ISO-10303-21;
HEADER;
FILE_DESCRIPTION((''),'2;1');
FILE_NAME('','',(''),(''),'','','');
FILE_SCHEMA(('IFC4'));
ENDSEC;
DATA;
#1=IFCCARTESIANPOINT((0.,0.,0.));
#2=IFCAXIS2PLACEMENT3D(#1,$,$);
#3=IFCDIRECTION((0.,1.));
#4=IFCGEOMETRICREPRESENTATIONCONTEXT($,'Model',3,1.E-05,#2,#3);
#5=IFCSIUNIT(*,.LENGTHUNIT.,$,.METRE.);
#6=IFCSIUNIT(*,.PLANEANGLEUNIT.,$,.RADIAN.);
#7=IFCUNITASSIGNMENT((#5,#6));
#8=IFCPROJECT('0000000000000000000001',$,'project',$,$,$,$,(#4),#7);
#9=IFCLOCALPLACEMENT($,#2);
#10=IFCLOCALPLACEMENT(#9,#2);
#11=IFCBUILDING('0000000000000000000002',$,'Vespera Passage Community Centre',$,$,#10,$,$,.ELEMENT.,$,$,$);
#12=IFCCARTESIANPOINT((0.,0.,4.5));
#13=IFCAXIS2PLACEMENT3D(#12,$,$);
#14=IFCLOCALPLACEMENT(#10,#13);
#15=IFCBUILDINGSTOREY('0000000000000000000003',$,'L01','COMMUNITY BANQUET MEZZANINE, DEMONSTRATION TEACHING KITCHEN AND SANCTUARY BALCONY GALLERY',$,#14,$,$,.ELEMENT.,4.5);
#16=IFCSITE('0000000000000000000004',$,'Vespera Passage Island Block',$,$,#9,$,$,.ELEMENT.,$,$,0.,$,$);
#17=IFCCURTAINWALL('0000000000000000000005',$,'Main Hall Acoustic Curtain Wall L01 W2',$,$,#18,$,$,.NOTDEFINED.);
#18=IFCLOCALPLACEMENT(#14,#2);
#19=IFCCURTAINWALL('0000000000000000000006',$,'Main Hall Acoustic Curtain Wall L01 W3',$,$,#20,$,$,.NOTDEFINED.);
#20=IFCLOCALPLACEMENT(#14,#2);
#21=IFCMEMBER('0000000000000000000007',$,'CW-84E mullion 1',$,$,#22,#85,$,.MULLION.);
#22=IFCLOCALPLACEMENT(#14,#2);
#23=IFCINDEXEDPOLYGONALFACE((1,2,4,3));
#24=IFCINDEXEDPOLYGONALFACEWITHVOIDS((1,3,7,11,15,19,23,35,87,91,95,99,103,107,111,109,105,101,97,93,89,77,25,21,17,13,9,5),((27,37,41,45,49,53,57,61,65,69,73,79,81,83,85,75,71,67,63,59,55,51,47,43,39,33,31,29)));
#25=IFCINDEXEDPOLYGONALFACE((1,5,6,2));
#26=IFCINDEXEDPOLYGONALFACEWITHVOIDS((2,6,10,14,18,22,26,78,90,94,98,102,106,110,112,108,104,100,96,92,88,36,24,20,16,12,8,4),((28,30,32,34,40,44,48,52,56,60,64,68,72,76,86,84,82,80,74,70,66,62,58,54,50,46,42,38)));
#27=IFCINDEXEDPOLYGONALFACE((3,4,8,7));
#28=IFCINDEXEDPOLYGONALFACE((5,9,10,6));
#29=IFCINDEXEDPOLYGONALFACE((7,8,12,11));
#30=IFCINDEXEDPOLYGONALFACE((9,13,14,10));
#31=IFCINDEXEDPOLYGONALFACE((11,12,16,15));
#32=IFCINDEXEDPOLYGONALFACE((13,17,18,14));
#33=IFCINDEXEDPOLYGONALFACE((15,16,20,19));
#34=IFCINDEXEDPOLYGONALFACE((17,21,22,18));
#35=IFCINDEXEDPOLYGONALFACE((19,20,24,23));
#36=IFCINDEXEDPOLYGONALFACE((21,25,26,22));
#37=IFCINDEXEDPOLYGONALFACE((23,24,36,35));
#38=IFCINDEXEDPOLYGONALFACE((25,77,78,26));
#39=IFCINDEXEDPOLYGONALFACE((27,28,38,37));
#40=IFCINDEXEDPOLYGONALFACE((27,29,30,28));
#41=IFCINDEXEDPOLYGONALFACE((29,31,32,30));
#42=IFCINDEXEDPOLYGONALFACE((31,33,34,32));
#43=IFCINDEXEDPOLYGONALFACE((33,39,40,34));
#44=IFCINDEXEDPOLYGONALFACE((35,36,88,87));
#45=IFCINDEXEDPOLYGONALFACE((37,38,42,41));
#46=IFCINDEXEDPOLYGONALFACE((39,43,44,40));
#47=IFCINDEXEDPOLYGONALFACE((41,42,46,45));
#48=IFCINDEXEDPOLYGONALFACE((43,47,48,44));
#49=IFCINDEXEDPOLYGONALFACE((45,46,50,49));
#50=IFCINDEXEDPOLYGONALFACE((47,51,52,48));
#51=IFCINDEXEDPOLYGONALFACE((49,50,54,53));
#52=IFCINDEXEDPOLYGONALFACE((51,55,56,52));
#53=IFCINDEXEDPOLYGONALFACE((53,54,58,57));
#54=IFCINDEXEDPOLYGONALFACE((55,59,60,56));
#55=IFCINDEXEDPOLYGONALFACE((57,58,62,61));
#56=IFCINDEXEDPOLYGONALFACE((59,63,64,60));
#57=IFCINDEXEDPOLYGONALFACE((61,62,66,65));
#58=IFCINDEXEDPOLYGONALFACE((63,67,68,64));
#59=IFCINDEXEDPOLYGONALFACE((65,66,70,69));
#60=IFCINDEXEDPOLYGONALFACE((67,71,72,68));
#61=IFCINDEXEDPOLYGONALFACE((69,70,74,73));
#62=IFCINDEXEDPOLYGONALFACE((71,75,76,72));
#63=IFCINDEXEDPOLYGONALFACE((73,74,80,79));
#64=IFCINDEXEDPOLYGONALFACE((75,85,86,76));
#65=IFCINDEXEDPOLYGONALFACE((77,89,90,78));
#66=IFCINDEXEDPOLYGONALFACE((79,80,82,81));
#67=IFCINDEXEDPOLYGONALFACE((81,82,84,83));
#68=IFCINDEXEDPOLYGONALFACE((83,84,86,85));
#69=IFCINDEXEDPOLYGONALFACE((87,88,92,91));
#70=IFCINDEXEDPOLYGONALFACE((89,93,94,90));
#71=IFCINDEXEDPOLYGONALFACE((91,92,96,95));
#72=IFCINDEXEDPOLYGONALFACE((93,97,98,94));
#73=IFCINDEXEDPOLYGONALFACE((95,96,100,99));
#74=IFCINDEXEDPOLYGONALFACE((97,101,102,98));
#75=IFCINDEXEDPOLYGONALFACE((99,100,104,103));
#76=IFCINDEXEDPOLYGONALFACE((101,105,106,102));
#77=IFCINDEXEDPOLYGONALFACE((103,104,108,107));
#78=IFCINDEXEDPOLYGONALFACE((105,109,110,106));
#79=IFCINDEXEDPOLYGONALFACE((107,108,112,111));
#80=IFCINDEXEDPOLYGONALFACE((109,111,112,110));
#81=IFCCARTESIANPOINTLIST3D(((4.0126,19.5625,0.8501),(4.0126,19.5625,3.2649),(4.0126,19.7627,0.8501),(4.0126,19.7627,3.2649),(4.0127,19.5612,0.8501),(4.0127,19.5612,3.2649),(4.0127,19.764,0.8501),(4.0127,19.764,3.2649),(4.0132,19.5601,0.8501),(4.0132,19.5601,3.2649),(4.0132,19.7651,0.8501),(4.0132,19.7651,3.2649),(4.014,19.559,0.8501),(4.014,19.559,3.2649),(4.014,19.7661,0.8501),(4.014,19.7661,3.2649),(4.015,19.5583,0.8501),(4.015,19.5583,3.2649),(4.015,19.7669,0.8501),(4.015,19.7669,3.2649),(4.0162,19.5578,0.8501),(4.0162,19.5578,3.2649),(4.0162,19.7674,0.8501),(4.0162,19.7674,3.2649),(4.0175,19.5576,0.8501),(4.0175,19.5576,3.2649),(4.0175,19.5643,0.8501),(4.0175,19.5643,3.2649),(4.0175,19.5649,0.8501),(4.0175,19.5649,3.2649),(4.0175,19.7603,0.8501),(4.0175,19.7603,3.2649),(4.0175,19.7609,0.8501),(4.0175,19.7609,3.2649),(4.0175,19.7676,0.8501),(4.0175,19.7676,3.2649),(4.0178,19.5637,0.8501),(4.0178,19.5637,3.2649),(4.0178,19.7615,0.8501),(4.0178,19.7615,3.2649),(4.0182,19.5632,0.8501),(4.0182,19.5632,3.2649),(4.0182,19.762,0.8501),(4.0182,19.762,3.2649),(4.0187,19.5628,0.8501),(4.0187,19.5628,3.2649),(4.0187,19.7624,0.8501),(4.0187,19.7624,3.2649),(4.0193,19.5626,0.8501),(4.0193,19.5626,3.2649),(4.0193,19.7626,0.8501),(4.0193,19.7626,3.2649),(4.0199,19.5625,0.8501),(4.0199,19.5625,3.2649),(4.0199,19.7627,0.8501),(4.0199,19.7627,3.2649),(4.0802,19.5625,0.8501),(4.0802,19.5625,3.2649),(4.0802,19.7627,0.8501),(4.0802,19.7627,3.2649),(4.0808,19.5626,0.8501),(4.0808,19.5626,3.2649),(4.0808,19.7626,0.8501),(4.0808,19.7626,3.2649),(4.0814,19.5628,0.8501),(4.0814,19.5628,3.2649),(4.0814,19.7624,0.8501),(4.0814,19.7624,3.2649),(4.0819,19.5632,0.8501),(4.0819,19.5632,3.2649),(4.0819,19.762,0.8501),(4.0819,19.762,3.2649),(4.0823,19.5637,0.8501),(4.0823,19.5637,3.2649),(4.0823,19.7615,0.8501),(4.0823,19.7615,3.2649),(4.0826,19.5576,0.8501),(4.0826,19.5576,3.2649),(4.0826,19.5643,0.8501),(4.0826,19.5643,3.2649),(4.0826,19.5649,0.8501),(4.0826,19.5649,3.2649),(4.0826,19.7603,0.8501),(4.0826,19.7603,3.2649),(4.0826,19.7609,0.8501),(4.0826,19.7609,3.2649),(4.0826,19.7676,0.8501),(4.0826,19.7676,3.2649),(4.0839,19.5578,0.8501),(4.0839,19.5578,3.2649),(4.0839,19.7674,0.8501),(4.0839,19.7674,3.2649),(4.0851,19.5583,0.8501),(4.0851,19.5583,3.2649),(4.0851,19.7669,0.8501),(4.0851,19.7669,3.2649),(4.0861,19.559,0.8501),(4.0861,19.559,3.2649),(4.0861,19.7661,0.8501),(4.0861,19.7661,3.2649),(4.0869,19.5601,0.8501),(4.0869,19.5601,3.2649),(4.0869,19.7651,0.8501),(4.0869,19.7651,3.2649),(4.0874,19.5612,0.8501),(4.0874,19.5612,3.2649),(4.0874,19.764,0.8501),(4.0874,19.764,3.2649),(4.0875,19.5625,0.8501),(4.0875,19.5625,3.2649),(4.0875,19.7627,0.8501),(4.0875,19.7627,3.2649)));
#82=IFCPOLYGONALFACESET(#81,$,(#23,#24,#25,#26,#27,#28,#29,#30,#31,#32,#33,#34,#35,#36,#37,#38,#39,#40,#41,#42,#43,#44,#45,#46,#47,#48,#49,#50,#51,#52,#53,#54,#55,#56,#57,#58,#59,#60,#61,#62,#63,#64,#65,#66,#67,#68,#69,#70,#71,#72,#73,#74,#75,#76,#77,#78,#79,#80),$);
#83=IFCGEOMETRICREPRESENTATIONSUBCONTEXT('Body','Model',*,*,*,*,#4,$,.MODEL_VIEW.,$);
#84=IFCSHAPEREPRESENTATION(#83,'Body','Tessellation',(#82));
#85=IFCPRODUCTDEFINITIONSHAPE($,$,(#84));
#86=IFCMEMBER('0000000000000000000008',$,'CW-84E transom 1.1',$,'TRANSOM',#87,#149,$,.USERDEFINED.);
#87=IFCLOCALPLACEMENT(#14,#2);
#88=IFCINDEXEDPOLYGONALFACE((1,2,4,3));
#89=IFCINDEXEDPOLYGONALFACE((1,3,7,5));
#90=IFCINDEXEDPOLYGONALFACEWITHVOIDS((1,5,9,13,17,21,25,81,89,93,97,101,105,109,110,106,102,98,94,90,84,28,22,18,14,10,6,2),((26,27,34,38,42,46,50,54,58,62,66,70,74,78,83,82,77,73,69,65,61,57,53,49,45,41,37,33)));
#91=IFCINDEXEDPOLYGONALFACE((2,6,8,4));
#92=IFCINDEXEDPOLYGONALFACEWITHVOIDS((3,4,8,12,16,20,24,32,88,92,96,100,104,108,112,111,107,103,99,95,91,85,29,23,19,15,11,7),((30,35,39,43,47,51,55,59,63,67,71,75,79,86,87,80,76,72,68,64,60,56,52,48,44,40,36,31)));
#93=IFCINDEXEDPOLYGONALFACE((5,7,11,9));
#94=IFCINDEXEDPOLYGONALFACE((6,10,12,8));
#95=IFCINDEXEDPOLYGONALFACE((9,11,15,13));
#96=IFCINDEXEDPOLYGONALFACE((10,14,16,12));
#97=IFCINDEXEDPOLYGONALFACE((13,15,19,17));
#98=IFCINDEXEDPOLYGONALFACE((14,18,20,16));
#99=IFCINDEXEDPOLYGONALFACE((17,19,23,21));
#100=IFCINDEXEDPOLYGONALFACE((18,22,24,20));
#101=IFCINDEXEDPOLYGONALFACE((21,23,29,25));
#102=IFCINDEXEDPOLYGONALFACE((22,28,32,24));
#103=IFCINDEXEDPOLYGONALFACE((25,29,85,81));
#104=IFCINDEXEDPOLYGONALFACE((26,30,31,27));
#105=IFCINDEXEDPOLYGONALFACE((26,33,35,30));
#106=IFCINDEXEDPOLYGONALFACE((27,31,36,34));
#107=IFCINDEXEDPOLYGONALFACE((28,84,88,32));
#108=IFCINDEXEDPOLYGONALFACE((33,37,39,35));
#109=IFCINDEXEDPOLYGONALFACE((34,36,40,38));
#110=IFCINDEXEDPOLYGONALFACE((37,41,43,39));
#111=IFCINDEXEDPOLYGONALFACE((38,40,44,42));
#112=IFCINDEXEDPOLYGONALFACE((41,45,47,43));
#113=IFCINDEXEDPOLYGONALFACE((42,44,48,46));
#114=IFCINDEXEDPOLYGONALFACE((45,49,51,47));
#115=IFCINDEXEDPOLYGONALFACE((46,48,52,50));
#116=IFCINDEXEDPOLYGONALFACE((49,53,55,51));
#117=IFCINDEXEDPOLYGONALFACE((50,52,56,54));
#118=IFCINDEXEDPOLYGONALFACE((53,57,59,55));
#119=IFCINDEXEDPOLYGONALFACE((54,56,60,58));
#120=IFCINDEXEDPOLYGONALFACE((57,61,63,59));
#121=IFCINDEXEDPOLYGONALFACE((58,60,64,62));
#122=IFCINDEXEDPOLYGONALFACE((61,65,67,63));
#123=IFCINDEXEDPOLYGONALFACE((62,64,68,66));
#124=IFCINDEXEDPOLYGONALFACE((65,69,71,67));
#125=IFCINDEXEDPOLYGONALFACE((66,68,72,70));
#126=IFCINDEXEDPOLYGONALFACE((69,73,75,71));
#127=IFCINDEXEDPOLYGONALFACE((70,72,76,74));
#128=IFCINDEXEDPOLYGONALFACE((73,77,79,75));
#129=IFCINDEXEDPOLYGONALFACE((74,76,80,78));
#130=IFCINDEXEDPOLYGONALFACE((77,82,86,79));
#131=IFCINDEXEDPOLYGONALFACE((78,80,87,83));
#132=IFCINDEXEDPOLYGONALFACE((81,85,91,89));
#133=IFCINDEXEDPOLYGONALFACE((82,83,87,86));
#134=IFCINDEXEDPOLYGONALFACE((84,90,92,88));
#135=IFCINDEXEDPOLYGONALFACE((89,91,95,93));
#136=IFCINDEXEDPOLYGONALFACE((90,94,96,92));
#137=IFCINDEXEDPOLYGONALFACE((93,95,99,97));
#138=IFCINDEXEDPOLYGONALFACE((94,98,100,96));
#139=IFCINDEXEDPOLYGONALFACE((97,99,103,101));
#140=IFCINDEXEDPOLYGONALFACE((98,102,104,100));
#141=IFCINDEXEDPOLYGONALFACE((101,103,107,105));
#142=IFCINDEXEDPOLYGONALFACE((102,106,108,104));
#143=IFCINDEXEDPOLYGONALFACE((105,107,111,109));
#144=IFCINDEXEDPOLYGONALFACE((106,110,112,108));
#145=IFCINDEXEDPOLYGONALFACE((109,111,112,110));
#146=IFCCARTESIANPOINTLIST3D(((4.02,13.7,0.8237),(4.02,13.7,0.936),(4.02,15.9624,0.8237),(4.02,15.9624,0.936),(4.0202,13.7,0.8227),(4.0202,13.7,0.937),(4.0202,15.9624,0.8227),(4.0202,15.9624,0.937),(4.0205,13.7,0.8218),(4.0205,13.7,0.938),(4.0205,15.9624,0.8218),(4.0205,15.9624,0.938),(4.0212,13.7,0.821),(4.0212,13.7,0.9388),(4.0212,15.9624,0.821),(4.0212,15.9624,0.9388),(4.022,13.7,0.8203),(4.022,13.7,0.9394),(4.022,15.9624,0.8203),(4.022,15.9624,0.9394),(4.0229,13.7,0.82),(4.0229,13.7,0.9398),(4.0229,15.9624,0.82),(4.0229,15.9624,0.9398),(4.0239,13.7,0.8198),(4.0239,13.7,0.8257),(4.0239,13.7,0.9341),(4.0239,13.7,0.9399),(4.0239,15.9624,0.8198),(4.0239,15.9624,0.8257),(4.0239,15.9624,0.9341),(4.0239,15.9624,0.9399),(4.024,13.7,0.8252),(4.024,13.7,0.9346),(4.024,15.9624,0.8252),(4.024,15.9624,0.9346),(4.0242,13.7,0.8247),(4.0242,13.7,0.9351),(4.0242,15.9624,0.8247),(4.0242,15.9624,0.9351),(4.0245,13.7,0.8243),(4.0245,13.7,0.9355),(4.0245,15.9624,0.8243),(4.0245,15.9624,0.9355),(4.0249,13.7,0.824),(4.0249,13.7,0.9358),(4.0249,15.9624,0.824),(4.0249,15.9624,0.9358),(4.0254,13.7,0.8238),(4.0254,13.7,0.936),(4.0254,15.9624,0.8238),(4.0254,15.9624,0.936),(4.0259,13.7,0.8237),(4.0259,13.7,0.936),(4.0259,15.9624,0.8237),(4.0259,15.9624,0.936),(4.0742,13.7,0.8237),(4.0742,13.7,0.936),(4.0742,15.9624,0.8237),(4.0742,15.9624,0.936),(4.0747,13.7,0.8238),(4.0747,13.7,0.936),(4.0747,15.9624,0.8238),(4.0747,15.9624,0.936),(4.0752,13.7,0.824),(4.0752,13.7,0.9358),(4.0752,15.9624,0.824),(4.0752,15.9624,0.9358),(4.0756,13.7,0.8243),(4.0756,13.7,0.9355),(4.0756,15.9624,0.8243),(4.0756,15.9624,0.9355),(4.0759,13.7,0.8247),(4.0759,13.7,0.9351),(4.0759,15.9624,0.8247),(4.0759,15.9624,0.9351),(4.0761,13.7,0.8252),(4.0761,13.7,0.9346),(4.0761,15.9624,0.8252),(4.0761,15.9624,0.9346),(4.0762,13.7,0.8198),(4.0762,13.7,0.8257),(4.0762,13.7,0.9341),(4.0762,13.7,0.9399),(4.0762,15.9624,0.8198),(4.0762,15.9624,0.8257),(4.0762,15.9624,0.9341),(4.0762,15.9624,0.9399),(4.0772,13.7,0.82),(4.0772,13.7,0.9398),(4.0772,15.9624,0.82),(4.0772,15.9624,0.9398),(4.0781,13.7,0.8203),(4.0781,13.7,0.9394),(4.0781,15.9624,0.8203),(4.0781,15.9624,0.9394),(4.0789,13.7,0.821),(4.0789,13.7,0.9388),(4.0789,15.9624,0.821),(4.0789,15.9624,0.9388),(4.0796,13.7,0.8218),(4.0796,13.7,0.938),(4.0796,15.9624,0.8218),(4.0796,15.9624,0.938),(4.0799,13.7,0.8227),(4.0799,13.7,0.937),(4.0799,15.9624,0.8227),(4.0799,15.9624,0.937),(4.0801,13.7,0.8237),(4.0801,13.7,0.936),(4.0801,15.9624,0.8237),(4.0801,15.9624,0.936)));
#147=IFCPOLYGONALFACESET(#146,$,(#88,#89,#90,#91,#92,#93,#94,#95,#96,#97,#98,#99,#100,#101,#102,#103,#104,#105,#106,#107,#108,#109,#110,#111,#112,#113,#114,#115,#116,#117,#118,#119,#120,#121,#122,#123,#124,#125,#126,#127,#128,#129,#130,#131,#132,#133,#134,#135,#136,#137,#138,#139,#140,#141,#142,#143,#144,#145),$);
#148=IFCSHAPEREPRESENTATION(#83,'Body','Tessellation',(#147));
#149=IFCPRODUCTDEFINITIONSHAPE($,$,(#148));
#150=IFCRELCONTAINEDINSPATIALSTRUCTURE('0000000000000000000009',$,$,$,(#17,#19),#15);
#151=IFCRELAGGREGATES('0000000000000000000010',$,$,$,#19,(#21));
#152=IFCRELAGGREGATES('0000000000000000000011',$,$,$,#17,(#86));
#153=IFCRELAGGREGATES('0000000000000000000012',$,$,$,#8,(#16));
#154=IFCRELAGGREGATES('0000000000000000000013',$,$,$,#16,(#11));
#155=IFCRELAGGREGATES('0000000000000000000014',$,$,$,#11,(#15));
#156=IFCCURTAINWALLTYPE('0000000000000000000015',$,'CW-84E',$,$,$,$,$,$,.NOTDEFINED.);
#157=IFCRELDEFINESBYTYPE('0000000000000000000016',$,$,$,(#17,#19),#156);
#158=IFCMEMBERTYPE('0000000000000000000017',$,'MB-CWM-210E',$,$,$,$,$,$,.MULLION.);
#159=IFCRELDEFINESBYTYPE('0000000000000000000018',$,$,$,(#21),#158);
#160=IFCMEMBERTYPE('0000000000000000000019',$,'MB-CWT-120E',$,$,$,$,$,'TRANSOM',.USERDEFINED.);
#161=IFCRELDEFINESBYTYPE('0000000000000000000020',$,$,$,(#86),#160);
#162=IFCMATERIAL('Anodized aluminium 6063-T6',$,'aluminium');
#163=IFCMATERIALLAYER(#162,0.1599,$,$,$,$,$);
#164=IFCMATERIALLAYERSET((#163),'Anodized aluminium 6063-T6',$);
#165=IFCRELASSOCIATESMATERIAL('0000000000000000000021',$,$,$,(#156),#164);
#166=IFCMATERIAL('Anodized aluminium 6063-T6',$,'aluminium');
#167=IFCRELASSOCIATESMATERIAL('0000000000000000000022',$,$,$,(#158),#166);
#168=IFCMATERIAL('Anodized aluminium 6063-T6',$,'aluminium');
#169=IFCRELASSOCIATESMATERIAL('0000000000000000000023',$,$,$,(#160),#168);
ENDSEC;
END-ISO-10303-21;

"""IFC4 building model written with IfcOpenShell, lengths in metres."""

from ifc_helpers import new_model, si_unit, direction, frame, origin, origin_2d, place, context, subcontext, project, spatial, hollow_rectangle, extrude, material, layer, layer_set, material_profile, profile_set, type_object, element, aggregate, save


model = new_model("IFC4")

# Units and contexts
model_context = context("Model", 3, precision=1e-05, world=origin(), true_north=direction((0.0, 1.0)))
body_context = subcontext(model_context, "Body", "Model", "MODEL_VIEW")
ifc_project = project(units=[si_unit("LENGTHUNIT", "METRE"), si_unit("PLANEANGLEUNIT", "RADIAN")], contexts=[model_context])

# Site, building, storey
site_placement = place(None, origin())
site = spatial("IfcSite", under=ifc_project, at=site_placement, Name="Vespera Passage Island Block", CompositionType="ELEMENT", RefElevation=0.0)
building_placement = place(site_placement, origin())
building = spatial("IfcBuilding", under=site, at=building_placement, Name="Vespera Passage Community Centre", CompositionType="ELEMENT")
storey_placement = place(building_placement, frame((0.0, 0.0, 4.5)))
storey = spatial("IfcBuildingStorey", under=building, at=storey_placement, Name="L01", Description="COMMUNITY BANQUET MEZZANINE, DEMONSTRATION TEACHING KITCHEN AND SANCTUARY BALCONY GALLERY", CompositionType="ELEMENT", Elevation=4.5)

# Curtain wall
ifc_material_1 = material(Name="Anodized aluminium 6063-T6", Category="aluminium")
ifc_layer_1 = layer(ifc_material_1, 0.1599)
ifc_layer_set_1 = layer_set([ifc_layer_1], Name="Anodized aluminium 6063-T6")
curtain_wall_type = type_object("IfcCurtainWallType", Name="CW-84E", PredefinedType="NOTDEFINED", material=ifc_layer_set_1)
curtain_wall_1_placement = place(storey_placement, origin())
curtain_wall_1 = element("IfcCurtainWall", 1, at=curtain_wall_1_placement, inside=storey, type_object=curtain_wall_type, Name="Main Hall Acoustic Curtain Wall L01 W2", PredefinedType="NOTDEFINED")
ifc_material_2 = material(Name="Anodized aluminium 6063-T6", Category="aluminium")
ifc_material_profile_1 = material_profile(ifc_material_2, hollow_rectangle(XDim=0.075, YDim=0.21, WallThickness=0.0049, InnerFilletRadius=0.0024, OuterFilletRadius=0.0049, at=origin_2d()), Name="ALU210X75X5")
ifc_profile_set_1 = profile_set([ifc_material_profile_1], Name="Anodized aluminium 6063-T6")
member_type_1 = type_object("IfcMemberType", Name="MB-CWM-210E", PredefinedType="MULLION", material=ifc_profile_set_1)

# Curtain wall, member
curtain_wall_2_placement = place(storey_placement, origin())
curtain_wall_2 = element("IfcCurtainWall", 2, at=curtain_wall_2_placement, inside=storey, type_object=curtain_wall_type, Name="Main Hall Acoustic Curtain Wall L01 W3", PredefinedType="NOTDEFINED")
member_1_placement = place(storey_placement, frame((4.05, 19.6626, 0.8501), z_axis=(0.0, 0.0, 1.0), x_axis=(-1.0, 0.0, 0.0)))
member_1 = element("IfcMember", 3, at=member_1_placement, type_object=member_type_1, Name="CW-84E mullion 1", PredefinedType="MULLION", context=body_context, shape_type="SweptSolid", body=[
    extrude(hollow_rectangle(XDim=0.075, YDim=0.21, WallThickness=0.0049, InnerFilletRadius=0.0024, OuterFilletRadius=0.0049, at=origin_2d()), origin(), (0.0, 0.0, 1.0), 2.4148),
])

# Member
ifc_material_3 = material(Name="Anodized aluminium 6063-T6", Category="aluminium")
ifc_material_profile_2 = material_profile(ifc_material_3, hollow_rectangle(XDim=0.0601, YDim=0.1201, WallThickness=0.0039, InnerFilletRadius=0.002, OuterFilletRadius=0.0039, at=origin_2d()), Name="ALU120X60X4")
ifc_profile_set_2 = profile_set([ifc_material_profile_2], Name="Anodized aluminium 6063-T6")
member_type_2 = type_object("IfcMemberType", Name="MB-CWT-120E", ElementType="TRANSOM", PredefinedType="USERDEFINED", material=ifc_profile_set_2)
member_2_placement = place(storey_placement, frame((4.05, 13.7, 0.8799), z_axis=(0.0, 1.0, 0.0), x_axis=(-1.0, 0.0, 0.0)))
member_2 = element("IfcMember", 4, at=member_2_placement, type_object=member_type_2, Name="CW-84E transom 1.1", ObjectType="TRANSOM", PredefinedType="USERDEFINED", context=body_context, shape_type="SweptSolid", body=[
    extrude(hollow_rectangle(XDim=0.0601, YDim=0.1201, WallThickness=0.0039, InnerFilletRadius=0.002, OuterFilletRadius=0.0039, at=origin_2d()), origin(), (0.0, 0.0, 1.0), 2.2625),
])
aggregate(curtain_wall_2, [member_1])

aggregate(curtain_wall_1, [member_2])

save(model, "model.ifc")
